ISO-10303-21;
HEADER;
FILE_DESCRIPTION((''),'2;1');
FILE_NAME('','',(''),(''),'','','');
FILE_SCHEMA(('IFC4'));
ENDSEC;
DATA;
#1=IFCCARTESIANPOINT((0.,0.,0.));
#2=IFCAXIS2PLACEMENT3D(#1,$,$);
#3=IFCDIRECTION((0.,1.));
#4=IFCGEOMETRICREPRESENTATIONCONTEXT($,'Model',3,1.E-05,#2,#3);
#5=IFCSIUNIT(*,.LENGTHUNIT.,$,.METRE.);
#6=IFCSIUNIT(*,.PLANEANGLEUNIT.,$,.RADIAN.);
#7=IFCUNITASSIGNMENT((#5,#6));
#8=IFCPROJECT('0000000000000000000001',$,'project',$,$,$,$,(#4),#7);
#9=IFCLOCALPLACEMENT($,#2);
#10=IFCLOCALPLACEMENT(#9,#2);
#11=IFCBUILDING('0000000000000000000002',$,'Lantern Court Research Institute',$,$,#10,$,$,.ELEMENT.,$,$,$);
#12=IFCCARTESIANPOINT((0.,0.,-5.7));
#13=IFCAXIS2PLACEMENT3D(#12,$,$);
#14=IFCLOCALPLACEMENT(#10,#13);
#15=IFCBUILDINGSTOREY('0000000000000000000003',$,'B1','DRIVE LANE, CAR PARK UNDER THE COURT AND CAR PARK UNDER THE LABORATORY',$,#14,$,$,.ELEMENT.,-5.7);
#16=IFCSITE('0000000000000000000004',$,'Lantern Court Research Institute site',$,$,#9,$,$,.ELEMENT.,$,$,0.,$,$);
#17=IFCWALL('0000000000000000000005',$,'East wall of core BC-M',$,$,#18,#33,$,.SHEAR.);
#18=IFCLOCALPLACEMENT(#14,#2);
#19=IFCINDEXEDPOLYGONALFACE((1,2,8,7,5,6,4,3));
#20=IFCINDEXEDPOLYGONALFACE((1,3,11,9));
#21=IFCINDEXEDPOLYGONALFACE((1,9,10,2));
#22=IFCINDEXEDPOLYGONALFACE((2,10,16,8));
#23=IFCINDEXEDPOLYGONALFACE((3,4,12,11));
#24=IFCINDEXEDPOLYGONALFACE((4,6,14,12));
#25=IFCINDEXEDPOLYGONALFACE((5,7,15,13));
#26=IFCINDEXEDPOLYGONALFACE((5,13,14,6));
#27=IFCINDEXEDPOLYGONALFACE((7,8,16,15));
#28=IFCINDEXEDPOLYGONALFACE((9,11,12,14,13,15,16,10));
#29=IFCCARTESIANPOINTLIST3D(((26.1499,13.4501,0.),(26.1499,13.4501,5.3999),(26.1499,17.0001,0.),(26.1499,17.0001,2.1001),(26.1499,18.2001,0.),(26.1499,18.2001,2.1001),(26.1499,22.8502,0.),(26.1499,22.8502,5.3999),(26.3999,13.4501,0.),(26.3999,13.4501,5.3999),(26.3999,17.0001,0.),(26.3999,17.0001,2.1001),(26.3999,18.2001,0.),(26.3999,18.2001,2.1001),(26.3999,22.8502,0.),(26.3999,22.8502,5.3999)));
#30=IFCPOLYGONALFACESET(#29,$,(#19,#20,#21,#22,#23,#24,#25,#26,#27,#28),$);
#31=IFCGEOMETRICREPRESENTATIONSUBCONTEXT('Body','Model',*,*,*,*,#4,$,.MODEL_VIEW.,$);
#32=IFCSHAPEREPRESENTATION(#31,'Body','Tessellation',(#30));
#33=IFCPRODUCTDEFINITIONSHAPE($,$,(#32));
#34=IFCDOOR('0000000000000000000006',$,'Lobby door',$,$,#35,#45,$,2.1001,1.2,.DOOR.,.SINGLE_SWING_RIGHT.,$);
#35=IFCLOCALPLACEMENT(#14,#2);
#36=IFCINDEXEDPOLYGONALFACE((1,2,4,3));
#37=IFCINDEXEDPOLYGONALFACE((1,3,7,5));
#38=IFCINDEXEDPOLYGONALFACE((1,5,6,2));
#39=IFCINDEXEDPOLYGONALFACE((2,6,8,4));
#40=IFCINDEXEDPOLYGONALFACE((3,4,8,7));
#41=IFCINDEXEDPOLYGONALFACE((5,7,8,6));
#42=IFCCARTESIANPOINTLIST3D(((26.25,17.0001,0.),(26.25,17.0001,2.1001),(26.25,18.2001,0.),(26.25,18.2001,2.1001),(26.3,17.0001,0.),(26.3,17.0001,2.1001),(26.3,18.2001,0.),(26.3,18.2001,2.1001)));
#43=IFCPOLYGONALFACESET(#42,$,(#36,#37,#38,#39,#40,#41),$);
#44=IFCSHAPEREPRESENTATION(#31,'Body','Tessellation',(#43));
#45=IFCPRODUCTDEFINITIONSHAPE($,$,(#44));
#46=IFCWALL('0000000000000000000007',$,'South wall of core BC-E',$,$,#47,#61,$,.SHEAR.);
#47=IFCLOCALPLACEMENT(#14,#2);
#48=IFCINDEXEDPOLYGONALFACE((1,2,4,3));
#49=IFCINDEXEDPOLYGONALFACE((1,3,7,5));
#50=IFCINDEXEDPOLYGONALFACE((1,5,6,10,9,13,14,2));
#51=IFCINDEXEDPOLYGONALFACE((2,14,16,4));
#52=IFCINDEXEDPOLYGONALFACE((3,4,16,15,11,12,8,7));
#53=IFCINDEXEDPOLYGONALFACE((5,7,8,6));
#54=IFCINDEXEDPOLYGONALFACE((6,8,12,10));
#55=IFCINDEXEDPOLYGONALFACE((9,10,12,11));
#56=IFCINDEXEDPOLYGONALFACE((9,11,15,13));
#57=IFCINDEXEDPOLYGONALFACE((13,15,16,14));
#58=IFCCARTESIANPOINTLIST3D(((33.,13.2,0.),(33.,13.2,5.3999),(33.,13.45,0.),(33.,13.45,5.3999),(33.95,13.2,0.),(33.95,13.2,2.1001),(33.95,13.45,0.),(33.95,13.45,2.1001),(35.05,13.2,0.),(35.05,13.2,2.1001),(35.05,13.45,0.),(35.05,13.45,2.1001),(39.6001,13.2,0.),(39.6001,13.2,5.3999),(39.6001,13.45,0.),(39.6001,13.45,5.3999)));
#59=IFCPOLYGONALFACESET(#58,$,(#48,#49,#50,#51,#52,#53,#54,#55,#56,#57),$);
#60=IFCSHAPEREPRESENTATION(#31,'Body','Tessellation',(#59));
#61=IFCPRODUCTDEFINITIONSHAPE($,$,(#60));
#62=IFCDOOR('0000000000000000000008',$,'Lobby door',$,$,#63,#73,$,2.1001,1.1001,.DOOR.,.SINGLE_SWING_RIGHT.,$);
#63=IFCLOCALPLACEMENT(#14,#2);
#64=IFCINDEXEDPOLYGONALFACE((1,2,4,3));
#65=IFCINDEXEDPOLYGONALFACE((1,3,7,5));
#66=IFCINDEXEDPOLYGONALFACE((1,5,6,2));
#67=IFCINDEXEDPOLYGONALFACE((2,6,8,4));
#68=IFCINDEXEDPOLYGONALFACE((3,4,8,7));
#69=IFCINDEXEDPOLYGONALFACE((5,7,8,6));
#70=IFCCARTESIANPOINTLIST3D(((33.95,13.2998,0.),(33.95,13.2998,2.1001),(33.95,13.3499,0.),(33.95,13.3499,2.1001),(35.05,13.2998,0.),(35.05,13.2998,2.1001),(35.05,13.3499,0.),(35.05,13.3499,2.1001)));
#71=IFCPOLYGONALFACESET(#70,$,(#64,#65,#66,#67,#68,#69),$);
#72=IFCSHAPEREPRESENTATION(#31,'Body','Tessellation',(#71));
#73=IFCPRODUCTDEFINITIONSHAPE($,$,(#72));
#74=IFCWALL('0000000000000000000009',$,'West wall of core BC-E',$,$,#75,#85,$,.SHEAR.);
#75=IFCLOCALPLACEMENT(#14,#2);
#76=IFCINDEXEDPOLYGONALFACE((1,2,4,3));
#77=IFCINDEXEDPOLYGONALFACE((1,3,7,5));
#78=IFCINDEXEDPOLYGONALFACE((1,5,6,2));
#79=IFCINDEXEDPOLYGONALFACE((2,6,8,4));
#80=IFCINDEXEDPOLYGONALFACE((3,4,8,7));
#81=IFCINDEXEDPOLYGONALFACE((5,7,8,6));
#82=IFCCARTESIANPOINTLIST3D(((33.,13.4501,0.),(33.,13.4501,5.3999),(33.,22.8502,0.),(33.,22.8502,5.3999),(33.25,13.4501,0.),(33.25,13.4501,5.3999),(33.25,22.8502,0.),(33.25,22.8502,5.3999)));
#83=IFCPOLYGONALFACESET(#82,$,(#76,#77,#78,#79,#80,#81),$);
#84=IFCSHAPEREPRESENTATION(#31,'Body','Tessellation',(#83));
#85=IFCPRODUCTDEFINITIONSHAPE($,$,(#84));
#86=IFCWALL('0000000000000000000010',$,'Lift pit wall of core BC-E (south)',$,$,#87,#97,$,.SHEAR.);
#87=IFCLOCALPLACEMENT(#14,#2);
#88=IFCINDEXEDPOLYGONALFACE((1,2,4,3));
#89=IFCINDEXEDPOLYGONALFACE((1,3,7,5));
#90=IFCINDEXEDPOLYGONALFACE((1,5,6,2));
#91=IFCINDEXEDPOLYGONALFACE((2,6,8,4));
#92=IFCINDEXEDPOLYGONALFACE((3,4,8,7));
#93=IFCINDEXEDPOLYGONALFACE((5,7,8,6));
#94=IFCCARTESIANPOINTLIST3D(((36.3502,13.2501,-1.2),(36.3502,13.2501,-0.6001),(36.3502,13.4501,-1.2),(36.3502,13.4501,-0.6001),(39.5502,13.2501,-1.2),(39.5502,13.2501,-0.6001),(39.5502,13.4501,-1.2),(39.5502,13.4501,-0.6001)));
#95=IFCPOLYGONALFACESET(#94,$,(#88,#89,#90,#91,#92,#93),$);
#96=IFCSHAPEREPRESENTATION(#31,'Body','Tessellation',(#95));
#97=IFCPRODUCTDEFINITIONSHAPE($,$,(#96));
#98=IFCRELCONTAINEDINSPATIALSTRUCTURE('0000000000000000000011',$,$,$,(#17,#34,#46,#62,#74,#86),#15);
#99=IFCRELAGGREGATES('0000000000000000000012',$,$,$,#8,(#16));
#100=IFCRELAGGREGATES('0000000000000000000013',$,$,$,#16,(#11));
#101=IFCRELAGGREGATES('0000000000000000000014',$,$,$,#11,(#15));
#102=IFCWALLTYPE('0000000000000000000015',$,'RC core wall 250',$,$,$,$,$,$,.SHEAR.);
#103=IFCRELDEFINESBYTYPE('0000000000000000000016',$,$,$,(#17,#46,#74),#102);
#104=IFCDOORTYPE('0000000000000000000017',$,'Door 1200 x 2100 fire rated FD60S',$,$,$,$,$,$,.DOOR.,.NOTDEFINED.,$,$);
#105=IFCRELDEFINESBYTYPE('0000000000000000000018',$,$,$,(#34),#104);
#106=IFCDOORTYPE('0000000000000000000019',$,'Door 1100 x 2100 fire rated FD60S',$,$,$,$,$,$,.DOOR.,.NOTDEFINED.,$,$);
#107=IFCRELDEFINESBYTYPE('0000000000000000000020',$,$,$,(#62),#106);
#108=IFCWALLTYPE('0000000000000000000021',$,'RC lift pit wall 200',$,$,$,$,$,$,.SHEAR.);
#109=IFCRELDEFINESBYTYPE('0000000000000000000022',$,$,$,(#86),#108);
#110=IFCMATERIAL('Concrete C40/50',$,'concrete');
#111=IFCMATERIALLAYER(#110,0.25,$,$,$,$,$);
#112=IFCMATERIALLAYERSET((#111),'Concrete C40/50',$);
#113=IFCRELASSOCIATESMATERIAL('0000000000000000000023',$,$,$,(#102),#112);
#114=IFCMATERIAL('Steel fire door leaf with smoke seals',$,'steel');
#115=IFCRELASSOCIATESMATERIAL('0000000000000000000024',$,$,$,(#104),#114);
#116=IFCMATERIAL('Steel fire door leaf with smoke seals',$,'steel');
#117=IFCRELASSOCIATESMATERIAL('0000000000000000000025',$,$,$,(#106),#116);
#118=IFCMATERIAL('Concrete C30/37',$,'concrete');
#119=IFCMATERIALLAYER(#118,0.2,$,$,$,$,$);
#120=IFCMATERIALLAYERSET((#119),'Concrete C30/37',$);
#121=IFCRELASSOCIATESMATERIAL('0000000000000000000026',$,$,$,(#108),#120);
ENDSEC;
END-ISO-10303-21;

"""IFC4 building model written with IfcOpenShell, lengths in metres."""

from ifc_helpers import new_model, si_unit, direction, frame, frame_2d, origin, place, context, subcontext, project, spatial, rectangle, extrude, material, layer, layer_set, type_object, element, fill, save


model = new_model("IFC4")

# Units and contexts
model_context = context("Model", 3, precision=1e-05, world=origin(), true_north=direction((0.0, 1.0)))
body_context = subcontext(model_context, "Body", "Model", "MODEL_VIEW")
ifc_project = project(units=[si_unit("LENGTHUNIT", "METRE"), si_unit("PLANEANGLEUNIT", "RADIAN")], contexts=[model_context])

# Site, building, storey
site_placement = place(None, origin())
site = spatial("IfcSite", under=ifc_project, at=site_placement, Name="Lantern Court Research Institute site", CompositionType="ELEMENT", RefElevation=0.0)
building_placement = place(site_placement, origin())
building = spatial("IfcBuilding", under=site, at=building_placement, Name="Lantern Court Research Institute", CompositionType="ELEMENT")
storey_placement = place(building_placement, frame((0.0, 0.0, -5.7)))
storey = spatial("IfcBuildingStorey", under=building, at=storey_placement, Name="B1", Description="DRIVE LANE, CAR PARK UNDER THE COURT AND CAR PARK UNDER THE LABORATORY", CompositionType="ELEMENT", Elevation=-5.7)

# Walls, openings, doors
ifc_material_1 = material(Name="Concrete C40/50", Category="concrete")
ifc_layer_1 = layer(ifc_material_1, 0.25)
ifc_layer_set_1 = layer_set([ifc_layer_1], Name="Concrete C40/50")
wall_type_1 = type_object("IfcWallType", Name="RC core wall 250", PredefinedType="SHEAR", material=ifc_layer_set_1)
wall_1_placement = place(storey_placement, frame((26.2749, 13.45, 0.0), z_axis=(0.0, 0.0, 1.0), x_axis=(0.0, 1.0, 0.0)))
wall_1 = element("IfcWall", 1, at=wall_1_placement, inside=storey, type_object=wall_type_1, Name="East wall of core BC-M", PredefinedType="SHEAR", context=body_context, shape_type="SweptSolid", body=[
    extrude(rectangle(XDim=9.4001, YDim=0.25, at=frame_2d((4.7002, 0.0))), origin(), (0.0, 0.0, 1.0), 5.3999),
])
opening_1_placement = place(wall_1_placement, frame((3.55, 0.0, 0.0)))
opening_1 = element("IfcOpeningElement", 2, at=opening_1_placement, cuts=wall_1, PredefinedType="OPENING", context=body_context, shape_type="SweptSolid", body=[
    extrude(rectangle(XDim=1.2, YDim=2.1001, at=frame_2d((0.6001, 1.05))), frame((0.0, 0.135, 0.0), z_axis=(0.0, -1.0, 0.0), x_axis=(1.0, 0.0, 0.0)), (0.0, 0.0, 1.0), 0.27),
])
ifc_material_2 = material(Name="Steel fire door leaf with smoke seals", Category="steel")
door_type_1 = type_object("IfcDoorType", Name="Door 1200 x 2100 fire rated FD60S", OperationType="NOTDEFINED", PredefinedType="DOOR", material=ifc_material_2)
door_1_placement = place(opening_1_placement, origin())
door_1 = element("IfcDoor", 3, at=door_1_placement, inside=storey, type_object=door_type_1, Name="Lobby door", OperationType="SINGLE_SWING_RIGHT", OverallHeight=2.1001, OverallWidth=1.2, PredefinedType="DOOR", context=body_context, shape_type="SweptSolid", body=[
    extrude(rectangle(XDim=1.2, YDim=2.1001, at=frame_2d((0.6001, 1.05))), frame((0.0, 0.0249, 0.0), z_axis=(0.0, -1.0, 0.0), x_axis=(1.0, 0.0, 0.0)), (0.0, 0.0, 1.0), 0.05),
])
fill(opening_1, door_1)
wall_2_placement = place(storey_placement, frame((33.0, 13.325, 0.0), z_axis=(0.0, 0.0, 1.0), x_axis=(1.0, 0.0, 0.0)))
wall_2 = element("IfcWall", 4, at=wall_2_placement, inside=storey, type_object=wall_type_1, Name="South wall of core BC-E", PredefinedType="SHEAR", context=body_context, shape_type="SweptSolid", body=[
    extrude(rectangle(XDim=6.6001, YDim=0.25, at=frame_2d((3.3, 0.0))), origin(), (0.0, 0.0, 1.0), 5.3999),
])
opening_2_placement = place(wall_2_placement, frame((0.95, 0.0, 0.0)))
opening_2 = element("IfcOpeningElement", 5, at=opening_2_placement, cuts=wall_2, PredefinedType="OPENING", context=body_context, shape_type="SweptSolid", body=[
    extrude(rectangle(XDim=1.1001, YDim=2.1001, at=frame_2d((0.55, 1.05))), frame((0.0, 0.135, 0.0), z_axis=(0.0, -1.0, 0.0), x_axis=(1.0, 0.0, 0.0)), (0.0, 0.0, 1.0), 0.27),
])
ifc_material_3 = material(Name="Steel fire door leaf with smoke seals", Category="steel")
door_type_2 = type_object("IfcDoorType", Name="Door 1100 x 2100 fire rated FD60S", OperationType="NOTDEFINED", PredefinedType="DOOR", material=ifc_material_3)
door_2_placement = place(opening_2_placement, origin())
door_2 = element("IfcDoor", 6, at=door_2_placement, inside=storey, type_object=door_type_2, Name="Lobby door", OperationType="SINGLE_SWING_RIGHT", OverallHeight=2.1001, OverallWidth=1.1001, PredefinedType="DOOR", context=body_context, shape_type="SweptSolid", body=[
    extrude(rectangle(XDim=1.1001, YDim=2.1001, at=frame_2d((0.55, 1.05))), frame((0.0, 0.0249, 0.0), z_axis=(0.0, -1.0, 0.0), x_axis=(1.0, 0.0, 0.0)), (0.0, 0.0, 1.0), 0.05),
])
fill(opening_2, door_2)

# Walls
wall_3_placement = place(storey_placement, frame((33.125, 13.45, 0.0), z_axis=(0.0, 0.0, 1.0), x_axis=(0.0, 1.0, 0.0)))
element("IfcWall", 7, at=wall_3_placement, inside=storey, type_object=wall_type_1, Name="West wall of core BC-E", PredefinedType="SHEAR", context=body_context, shape_type="SweptSolid", body=[
    extrude(rectangle(XDim=9.4001, YDim=0.25, at=frame_2d((4.7002, 0.0))), origin(), (0.0, 0.0, 1.0), 5.3999),
])
ifc_material_4 = material(Name="Concrete C30/37", Category="concrete")
ifc_layer_2 = layer(ifc_material_4, 0.2)
ifc_layer_set_2 = layer_set([ifc_layer_2], Name="Concrete C30/37")
wall_type_2 = type_object("IfcWallType", Name="RC lift pit wall 200", PredefinedType="SHEAR", material=ifc_layer_set_2)
wall_4_placement = place(storey_placement, frame((36.3501, 13.3501, -1.2), z_axis=(0.0, 0.0, 1.0), x_axis=(1.0, 0.0, 0.0)))
element("IfcWall", 8, at=wall_4_placement, inside=storey, type_object=wall_type_2, Name="Lift pit wall of core BC-E (south)", PredefinedType="SHEAR", context=body_context, shape_type="SweptSolid", body=[
    extrude(rectangle(XDim=3.2, YDim=0.2, at=frame_2d((1.6001, 0.0))), origin(), (0.0, 0.0, 1.0), 0.5999),
])

save(model, "model.ifc")
